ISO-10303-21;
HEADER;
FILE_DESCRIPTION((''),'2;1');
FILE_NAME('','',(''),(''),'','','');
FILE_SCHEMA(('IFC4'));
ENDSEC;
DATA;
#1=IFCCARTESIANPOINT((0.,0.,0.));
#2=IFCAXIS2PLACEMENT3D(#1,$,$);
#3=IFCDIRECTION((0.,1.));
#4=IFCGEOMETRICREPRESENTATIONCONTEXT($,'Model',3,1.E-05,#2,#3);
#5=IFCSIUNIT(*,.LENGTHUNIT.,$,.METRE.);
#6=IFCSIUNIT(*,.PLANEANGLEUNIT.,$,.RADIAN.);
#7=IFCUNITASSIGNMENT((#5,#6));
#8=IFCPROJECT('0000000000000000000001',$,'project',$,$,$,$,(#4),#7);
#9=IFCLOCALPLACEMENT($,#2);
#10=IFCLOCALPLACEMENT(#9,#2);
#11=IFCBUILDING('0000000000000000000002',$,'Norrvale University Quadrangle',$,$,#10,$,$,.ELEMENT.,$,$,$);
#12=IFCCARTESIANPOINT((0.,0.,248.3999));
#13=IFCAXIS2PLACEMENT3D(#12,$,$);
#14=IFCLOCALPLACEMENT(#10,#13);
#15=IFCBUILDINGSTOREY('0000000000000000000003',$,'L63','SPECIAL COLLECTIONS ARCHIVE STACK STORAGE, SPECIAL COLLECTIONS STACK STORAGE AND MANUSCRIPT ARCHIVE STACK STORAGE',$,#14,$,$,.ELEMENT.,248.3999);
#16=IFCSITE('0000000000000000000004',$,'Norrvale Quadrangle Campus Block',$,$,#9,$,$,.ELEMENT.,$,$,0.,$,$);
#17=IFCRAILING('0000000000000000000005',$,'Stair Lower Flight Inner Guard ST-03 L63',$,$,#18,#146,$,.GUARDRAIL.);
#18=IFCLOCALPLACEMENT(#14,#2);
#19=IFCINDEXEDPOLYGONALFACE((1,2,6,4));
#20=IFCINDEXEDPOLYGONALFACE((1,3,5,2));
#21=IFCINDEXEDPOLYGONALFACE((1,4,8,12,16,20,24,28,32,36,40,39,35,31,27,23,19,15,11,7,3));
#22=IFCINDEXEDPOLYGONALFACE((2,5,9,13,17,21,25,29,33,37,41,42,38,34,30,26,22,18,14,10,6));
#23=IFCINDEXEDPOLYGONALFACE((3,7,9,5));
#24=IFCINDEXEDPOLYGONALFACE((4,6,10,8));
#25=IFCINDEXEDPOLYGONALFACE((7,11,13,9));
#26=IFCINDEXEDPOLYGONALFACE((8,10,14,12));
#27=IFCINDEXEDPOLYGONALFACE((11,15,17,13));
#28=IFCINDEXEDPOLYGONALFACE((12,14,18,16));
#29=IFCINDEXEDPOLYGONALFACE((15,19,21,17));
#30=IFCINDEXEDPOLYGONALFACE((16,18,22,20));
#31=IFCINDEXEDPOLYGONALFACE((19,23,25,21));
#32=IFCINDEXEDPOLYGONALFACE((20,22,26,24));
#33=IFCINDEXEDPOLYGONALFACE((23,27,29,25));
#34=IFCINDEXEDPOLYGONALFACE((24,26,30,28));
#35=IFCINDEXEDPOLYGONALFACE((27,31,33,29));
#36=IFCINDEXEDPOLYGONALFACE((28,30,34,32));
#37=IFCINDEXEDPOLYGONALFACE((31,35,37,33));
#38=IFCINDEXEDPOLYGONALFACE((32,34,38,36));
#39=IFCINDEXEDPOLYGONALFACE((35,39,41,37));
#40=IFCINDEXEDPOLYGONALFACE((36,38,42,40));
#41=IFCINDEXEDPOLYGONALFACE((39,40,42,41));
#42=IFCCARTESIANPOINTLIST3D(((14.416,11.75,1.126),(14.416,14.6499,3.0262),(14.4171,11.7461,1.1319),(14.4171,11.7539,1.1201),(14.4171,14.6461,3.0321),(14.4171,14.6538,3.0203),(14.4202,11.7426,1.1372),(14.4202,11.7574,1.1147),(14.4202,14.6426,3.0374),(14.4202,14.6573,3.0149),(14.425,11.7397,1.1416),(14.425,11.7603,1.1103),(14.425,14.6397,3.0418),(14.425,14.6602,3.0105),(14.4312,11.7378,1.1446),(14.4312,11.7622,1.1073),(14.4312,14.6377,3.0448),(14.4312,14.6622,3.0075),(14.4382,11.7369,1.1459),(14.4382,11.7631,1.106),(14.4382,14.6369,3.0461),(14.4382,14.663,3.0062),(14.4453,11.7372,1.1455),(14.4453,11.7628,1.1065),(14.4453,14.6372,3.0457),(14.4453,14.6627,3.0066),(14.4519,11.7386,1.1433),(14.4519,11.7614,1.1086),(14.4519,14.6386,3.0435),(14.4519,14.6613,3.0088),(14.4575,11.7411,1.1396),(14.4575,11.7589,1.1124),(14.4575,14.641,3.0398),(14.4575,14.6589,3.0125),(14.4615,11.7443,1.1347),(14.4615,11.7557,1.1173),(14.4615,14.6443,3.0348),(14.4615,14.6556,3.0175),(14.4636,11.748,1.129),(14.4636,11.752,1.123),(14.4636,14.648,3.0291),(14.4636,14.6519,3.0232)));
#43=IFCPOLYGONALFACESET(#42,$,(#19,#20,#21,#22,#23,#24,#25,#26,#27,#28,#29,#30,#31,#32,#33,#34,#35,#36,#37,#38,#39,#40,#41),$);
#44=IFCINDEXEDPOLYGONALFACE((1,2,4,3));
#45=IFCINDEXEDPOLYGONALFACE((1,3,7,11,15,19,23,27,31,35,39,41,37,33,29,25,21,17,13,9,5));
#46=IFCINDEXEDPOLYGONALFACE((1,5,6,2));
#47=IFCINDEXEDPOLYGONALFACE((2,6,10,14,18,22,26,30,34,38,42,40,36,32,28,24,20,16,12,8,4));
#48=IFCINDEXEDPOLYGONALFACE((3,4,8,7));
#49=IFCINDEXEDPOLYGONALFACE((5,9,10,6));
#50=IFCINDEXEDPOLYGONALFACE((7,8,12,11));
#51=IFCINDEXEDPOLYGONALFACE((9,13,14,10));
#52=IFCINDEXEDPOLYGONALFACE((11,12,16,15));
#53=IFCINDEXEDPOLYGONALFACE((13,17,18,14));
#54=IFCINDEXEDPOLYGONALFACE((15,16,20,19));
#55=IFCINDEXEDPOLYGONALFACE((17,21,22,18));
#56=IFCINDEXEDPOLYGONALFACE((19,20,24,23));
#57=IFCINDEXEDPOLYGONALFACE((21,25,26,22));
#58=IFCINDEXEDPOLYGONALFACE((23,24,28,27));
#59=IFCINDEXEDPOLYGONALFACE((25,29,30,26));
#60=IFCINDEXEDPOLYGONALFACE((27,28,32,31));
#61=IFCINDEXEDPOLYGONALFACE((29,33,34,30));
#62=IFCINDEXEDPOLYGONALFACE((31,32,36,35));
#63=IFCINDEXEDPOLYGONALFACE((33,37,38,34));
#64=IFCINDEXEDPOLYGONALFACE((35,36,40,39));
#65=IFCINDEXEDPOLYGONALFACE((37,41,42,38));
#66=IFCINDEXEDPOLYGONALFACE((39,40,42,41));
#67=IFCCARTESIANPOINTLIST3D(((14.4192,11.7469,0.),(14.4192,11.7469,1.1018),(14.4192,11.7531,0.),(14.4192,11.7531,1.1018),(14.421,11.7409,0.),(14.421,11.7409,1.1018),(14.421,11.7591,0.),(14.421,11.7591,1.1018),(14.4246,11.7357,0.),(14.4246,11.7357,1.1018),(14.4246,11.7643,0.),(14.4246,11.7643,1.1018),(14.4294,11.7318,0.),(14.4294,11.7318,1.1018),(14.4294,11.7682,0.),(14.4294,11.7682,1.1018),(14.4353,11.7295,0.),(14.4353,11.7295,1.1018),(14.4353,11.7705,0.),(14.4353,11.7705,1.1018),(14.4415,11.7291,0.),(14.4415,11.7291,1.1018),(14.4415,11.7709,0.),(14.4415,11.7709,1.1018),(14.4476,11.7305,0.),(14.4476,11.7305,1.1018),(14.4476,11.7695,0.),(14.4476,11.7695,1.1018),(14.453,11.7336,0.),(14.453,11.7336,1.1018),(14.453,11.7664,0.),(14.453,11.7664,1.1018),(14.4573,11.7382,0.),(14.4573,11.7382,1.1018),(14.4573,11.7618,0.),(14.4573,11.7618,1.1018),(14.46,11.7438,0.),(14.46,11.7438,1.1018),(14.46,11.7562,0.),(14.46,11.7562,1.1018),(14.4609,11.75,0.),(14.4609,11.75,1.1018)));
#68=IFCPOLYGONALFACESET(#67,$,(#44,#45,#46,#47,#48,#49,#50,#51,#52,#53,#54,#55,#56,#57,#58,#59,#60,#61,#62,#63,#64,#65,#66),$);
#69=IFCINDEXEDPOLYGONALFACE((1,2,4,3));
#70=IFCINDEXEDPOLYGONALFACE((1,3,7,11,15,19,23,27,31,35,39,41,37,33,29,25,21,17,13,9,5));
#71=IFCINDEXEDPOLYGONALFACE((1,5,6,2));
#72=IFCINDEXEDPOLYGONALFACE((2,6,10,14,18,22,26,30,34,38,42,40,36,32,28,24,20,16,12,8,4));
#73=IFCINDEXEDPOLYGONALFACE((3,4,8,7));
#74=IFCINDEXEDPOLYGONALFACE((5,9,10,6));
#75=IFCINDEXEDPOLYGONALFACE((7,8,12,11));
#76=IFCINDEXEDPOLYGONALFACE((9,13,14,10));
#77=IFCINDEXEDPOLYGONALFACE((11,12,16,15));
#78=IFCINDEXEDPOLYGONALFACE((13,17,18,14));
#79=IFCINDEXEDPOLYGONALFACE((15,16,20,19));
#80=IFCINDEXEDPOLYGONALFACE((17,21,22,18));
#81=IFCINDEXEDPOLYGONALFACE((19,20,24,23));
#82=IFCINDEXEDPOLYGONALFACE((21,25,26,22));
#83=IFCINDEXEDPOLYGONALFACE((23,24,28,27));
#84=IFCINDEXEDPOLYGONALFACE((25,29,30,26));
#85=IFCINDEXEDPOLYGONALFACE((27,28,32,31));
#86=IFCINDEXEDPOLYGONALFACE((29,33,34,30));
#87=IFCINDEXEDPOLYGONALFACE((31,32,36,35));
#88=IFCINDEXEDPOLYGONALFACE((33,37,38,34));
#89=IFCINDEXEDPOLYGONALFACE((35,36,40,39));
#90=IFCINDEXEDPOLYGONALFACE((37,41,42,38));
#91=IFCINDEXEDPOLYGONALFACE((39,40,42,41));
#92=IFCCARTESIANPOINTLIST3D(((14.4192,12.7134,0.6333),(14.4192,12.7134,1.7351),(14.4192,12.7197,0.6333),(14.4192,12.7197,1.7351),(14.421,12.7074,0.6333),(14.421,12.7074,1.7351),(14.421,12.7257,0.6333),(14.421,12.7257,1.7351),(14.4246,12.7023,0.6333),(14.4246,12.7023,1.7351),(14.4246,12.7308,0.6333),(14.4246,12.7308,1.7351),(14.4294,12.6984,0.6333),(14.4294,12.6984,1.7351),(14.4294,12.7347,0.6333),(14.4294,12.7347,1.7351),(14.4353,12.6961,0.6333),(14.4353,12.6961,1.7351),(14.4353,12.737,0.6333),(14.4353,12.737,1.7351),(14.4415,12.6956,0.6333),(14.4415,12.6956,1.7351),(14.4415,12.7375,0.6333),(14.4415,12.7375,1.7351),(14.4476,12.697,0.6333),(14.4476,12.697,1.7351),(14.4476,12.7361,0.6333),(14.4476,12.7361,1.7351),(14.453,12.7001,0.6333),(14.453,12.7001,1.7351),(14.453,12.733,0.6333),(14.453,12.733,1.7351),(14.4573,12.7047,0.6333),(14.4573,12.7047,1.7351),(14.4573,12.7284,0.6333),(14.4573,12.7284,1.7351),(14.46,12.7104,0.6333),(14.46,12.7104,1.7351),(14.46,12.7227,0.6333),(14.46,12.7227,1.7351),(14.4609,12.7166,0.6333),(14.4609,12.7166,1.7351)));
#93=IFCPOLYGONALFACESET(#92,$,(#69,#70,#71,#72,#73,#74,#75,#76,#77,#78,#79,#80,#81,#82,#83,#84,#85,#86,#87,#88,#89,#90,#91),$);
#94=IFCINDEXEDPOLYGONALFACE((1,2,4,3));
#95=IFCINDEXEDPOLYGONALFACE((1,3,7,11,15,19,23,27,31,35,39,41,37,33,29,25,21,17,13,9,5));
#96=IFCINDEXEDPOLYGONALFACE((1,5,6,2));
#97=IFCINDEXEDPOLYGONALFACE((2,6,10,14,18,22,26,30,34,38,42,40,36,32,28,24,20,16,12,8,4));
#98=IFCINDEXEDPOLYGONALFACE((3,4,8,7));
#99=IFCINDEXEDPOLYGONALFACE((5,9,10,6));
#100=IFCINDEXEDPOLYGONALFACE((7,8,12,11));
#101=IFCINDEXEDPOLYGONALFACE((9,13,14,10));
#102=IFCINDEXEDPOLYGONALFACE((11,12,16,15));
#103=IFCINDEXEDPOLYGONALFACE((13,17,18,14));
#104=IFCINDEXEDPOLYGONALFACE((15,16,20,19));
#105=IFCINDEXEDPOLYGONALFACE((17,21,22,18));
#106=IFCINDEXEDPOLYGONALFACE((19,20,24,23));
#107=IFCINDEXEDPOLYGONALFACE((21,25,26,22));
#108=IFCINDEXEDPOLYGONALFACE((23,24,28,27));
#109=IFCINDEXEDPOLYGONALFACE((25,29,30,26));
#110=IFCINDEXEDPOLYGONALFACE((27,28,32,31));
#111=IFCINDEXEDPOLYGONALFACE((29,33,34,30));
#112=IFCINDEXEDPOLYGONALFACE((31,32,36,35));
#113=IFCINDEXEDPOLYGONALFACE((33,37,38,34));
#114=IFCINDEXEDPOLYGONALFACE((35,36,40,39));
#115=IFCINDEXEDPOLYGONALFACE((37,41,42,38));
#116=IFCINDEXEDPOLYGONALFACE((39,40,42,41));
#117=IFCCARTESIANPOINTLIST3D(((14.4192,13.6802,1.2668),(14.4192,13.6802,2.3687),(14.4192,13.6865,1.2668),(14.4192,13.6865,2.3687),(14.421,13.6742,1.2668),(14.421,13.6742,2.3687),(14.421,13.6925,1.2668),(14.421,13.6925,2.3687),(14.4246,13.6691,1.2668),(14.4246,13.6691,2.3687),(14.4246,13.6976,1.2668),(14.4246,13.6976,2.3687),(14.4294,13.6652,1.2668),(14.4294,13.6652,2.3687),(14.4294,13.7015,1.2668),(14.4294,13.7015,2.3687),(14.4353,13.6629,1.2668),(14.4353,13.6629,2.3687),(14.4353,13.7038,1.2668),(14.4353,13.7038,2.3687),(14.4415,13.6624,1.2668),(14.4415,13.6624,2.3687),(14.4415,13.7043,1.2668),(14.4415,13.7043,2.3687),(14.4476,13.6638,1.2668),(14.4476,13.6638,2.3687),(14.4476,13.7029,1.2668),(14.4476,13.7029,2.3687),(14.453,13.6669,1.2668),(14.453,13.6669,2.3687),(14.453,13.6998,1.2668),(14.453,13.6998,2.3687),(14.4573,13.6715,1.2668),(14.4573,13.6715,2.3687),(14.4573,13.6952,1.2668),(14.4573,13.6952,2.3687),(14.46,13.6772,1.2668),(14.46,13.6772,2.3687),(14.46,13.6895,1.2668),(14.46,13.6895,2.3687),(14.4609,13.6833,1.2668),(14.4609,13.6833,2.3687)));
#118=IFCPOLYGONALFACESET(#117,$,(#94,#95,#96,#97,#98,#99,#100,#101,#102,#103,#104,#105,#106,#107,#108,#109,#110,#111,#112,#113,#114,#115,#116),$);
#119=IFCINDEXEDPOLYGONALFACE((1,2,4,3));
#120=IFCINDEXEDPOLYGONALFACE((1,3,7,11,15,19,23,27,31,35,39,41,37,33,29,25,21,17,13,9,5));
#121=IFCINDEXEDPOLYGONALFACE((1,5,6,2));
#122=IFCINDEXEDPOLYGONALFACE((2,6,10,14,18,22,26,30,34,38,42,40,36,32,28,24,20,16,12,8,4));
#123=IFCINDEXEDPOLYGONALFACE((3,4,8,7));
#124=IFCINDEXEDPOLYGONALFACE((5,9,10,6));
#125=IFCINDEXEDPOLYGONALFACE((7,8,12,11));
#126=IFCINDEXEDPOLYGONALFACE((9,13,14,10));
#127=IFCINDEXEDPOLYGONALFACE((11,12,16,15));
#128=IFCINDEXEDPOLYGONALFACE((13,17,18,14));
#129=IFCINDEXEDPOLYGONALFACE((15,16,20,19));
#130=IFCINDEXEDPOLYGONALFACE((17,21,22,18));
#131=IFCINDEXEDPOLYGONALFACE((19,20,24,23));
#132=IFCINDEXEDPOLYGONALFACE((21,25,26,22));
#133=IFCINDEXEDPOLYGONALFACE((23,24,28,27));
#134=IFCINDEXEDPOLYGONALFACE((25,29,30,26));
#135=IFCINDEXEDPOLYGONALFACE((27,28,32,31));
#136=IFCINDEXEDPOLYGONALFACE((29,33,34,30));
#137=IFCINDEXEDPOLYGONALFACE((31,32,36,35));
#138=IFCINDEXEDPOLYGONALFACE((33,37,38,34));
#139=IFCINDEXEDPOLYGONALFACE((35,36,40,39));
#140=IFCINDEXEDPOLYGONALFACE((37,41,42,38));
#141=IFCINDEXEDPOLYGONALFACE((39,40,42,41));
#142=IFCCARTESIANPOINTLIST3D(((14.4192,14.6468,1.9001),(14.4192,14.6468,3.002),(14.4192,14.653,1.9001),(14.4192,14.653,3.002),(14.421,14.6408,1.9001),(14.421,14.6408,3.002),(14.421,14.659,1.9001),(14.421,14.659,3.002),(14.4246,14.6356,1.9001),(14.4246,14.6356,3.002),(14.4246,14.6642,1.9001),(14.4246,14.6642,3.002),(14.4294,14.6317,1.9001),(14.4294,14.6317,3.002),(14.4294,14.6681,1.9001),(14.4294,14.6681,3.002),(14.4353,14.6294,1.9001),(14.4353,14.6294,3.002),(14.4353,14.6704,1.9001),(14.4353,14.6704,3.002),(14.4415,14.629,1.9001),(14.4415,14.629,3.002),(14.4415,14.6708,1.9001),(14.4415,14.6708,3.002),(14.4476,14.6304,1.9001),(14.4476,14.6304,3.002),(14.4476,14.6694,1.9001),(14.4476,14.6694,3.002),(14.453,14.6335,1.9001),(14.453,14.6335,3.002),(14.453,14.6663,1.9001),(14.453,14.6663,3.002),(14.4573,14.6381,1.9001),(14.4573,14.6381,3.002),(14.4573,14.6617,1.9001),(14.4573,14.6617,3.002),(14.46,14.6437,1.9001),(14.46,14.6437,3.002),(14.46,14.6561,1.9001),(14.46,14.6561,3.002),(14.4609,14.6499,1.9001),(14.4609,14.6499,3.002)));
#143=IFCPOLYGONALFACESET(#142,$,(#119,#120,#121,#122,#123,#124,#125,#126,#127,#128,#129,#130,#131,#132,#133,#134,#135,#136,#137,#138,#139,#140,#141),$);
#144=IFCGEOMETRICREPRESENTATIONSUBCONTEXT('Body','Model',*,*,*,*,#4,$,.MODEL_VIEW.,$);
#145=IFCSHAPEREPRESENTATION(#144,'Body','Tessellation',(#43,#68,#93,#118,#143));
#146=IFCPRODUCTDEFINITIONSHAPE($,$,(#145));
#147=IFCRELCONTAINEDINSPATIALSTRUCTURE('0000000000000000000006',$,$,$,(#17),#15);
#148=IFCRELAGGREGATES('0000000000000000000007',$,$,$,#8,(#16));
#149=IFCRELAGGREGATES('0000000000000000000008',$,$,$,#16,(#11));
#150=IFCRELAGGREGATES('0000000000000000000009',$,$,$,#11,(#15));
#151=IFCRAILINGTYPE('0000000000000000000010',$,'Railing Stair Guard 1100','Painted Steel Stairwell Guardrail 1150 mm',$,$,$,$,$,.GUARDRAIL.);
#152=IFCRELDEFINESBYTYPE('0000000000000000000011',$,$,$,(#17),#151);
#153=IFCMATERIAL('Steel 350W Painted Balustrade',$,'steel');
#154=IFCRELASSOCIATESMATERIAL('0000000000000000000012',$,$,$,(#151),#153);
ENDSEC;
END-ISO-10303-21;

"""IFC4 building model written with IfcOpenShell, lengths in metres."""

from ifc_helpers import new_model, si_unit, direction, frame, origin, origin_2d, place, context, subcontext, project, spatial, circle, extrude, material, type_object, element, save


model = new_model("IFC4")

# Units and contexts
model_context = context("Model", 3, precision=1e-05, world=origin(), true_north=direction((0.0, 1.0)))
body_context = subcontext(model_context, "Body", "Model", "MODEL_VIEW")
ifc_project = project(units=[si_unit("LENGTHUNIT", "METRE"), si_unit("PLANEANGLEUNIT", "RADIAN")], contexts=[model_context])

# Site, building, storey
site_placement = place(None, origin())
site = spatial("IfcSite", under=ifc_project, at=site_placement, Name="Norrvale Quadrangle Campus Block", CompositionType="ELEMENT", RefElevation=0.0)
building_placement = place(site_placement, origin())
building = spatial("IfcBuilding", under=site, at=building_placement, Name="Norrvale University Quadrangle", CompositionType="ELEMENT")
storey_placement = place(building_placement, frame((0.0, 0.0, 248.3999)))
storey = spatial("IfcBuildingStorey", under=building, at=storey_placement, Name="L63", Description="SPECIAL COLLECTIONS ARCHIVE STACK STORAGE, SPECIAL COLLECTIONS STACK STORAGE AND MANUSCRIPT ARCHIVE STACK STORAGE", CompositionType="ELEMENT", Elevation=248.3999)

# Railing
ifc_material_1 = material(Name="Steel 350W Painted Balustrade", Category="steel")
railing_type_1 = type_object("IfcRailingType", Name="Railing Stair Guard 1100", Description="Painted Steel Stairwell Guardrail 1150 mm", PredefinedType="GUARDRAIL", material=ifc_material_1)
railing_1_placement = place(storey_placement, frame((14.4399, 11.75, 0.0)))
element("IfcRailing", 1, at=railing_1_placement, inside=storey, type_object=railing_type_1, Name="Stair Lower Flight Inner Guard ST-03 L63", PredefinedType="GUARDRAIL", context=body_context, shape_type="SweptSolid", body=[
    extrude(circle(Radius=0.0239, at=origin_2d()), frame((0.0, 0.0, 1.126), z_axis=(0.0, 0.836433, 0.548069), x_axis=(-1.0, 0.0, 0.0)), (0.0, 0.0, 1.0), 3.467),
    extrude(circle(Radius=0.021, at=origin_2d()), origin(), (0.0, 0.0, 1.0), 1.1018),
    extrude(circle(Radius=0.021, at=origin_2d()), frame((0.0, 0.9666, 0.6333)), (0.0, 0.0, 1.0), 1.1018),
    extrude(circle(Radius=0.021, at=origin_2d()), frame((0.0, 1.9333, 1.2668)), (0.0, 0.0, 1.0), 1.1018),
    extrude(circle(Radius=0.021, at=origin_2d()), frame((0.0, 2.8999, 1.9001)), (0.0, 0.0, 1.0), 1.1018),
])

save(model, "model.ifc")
